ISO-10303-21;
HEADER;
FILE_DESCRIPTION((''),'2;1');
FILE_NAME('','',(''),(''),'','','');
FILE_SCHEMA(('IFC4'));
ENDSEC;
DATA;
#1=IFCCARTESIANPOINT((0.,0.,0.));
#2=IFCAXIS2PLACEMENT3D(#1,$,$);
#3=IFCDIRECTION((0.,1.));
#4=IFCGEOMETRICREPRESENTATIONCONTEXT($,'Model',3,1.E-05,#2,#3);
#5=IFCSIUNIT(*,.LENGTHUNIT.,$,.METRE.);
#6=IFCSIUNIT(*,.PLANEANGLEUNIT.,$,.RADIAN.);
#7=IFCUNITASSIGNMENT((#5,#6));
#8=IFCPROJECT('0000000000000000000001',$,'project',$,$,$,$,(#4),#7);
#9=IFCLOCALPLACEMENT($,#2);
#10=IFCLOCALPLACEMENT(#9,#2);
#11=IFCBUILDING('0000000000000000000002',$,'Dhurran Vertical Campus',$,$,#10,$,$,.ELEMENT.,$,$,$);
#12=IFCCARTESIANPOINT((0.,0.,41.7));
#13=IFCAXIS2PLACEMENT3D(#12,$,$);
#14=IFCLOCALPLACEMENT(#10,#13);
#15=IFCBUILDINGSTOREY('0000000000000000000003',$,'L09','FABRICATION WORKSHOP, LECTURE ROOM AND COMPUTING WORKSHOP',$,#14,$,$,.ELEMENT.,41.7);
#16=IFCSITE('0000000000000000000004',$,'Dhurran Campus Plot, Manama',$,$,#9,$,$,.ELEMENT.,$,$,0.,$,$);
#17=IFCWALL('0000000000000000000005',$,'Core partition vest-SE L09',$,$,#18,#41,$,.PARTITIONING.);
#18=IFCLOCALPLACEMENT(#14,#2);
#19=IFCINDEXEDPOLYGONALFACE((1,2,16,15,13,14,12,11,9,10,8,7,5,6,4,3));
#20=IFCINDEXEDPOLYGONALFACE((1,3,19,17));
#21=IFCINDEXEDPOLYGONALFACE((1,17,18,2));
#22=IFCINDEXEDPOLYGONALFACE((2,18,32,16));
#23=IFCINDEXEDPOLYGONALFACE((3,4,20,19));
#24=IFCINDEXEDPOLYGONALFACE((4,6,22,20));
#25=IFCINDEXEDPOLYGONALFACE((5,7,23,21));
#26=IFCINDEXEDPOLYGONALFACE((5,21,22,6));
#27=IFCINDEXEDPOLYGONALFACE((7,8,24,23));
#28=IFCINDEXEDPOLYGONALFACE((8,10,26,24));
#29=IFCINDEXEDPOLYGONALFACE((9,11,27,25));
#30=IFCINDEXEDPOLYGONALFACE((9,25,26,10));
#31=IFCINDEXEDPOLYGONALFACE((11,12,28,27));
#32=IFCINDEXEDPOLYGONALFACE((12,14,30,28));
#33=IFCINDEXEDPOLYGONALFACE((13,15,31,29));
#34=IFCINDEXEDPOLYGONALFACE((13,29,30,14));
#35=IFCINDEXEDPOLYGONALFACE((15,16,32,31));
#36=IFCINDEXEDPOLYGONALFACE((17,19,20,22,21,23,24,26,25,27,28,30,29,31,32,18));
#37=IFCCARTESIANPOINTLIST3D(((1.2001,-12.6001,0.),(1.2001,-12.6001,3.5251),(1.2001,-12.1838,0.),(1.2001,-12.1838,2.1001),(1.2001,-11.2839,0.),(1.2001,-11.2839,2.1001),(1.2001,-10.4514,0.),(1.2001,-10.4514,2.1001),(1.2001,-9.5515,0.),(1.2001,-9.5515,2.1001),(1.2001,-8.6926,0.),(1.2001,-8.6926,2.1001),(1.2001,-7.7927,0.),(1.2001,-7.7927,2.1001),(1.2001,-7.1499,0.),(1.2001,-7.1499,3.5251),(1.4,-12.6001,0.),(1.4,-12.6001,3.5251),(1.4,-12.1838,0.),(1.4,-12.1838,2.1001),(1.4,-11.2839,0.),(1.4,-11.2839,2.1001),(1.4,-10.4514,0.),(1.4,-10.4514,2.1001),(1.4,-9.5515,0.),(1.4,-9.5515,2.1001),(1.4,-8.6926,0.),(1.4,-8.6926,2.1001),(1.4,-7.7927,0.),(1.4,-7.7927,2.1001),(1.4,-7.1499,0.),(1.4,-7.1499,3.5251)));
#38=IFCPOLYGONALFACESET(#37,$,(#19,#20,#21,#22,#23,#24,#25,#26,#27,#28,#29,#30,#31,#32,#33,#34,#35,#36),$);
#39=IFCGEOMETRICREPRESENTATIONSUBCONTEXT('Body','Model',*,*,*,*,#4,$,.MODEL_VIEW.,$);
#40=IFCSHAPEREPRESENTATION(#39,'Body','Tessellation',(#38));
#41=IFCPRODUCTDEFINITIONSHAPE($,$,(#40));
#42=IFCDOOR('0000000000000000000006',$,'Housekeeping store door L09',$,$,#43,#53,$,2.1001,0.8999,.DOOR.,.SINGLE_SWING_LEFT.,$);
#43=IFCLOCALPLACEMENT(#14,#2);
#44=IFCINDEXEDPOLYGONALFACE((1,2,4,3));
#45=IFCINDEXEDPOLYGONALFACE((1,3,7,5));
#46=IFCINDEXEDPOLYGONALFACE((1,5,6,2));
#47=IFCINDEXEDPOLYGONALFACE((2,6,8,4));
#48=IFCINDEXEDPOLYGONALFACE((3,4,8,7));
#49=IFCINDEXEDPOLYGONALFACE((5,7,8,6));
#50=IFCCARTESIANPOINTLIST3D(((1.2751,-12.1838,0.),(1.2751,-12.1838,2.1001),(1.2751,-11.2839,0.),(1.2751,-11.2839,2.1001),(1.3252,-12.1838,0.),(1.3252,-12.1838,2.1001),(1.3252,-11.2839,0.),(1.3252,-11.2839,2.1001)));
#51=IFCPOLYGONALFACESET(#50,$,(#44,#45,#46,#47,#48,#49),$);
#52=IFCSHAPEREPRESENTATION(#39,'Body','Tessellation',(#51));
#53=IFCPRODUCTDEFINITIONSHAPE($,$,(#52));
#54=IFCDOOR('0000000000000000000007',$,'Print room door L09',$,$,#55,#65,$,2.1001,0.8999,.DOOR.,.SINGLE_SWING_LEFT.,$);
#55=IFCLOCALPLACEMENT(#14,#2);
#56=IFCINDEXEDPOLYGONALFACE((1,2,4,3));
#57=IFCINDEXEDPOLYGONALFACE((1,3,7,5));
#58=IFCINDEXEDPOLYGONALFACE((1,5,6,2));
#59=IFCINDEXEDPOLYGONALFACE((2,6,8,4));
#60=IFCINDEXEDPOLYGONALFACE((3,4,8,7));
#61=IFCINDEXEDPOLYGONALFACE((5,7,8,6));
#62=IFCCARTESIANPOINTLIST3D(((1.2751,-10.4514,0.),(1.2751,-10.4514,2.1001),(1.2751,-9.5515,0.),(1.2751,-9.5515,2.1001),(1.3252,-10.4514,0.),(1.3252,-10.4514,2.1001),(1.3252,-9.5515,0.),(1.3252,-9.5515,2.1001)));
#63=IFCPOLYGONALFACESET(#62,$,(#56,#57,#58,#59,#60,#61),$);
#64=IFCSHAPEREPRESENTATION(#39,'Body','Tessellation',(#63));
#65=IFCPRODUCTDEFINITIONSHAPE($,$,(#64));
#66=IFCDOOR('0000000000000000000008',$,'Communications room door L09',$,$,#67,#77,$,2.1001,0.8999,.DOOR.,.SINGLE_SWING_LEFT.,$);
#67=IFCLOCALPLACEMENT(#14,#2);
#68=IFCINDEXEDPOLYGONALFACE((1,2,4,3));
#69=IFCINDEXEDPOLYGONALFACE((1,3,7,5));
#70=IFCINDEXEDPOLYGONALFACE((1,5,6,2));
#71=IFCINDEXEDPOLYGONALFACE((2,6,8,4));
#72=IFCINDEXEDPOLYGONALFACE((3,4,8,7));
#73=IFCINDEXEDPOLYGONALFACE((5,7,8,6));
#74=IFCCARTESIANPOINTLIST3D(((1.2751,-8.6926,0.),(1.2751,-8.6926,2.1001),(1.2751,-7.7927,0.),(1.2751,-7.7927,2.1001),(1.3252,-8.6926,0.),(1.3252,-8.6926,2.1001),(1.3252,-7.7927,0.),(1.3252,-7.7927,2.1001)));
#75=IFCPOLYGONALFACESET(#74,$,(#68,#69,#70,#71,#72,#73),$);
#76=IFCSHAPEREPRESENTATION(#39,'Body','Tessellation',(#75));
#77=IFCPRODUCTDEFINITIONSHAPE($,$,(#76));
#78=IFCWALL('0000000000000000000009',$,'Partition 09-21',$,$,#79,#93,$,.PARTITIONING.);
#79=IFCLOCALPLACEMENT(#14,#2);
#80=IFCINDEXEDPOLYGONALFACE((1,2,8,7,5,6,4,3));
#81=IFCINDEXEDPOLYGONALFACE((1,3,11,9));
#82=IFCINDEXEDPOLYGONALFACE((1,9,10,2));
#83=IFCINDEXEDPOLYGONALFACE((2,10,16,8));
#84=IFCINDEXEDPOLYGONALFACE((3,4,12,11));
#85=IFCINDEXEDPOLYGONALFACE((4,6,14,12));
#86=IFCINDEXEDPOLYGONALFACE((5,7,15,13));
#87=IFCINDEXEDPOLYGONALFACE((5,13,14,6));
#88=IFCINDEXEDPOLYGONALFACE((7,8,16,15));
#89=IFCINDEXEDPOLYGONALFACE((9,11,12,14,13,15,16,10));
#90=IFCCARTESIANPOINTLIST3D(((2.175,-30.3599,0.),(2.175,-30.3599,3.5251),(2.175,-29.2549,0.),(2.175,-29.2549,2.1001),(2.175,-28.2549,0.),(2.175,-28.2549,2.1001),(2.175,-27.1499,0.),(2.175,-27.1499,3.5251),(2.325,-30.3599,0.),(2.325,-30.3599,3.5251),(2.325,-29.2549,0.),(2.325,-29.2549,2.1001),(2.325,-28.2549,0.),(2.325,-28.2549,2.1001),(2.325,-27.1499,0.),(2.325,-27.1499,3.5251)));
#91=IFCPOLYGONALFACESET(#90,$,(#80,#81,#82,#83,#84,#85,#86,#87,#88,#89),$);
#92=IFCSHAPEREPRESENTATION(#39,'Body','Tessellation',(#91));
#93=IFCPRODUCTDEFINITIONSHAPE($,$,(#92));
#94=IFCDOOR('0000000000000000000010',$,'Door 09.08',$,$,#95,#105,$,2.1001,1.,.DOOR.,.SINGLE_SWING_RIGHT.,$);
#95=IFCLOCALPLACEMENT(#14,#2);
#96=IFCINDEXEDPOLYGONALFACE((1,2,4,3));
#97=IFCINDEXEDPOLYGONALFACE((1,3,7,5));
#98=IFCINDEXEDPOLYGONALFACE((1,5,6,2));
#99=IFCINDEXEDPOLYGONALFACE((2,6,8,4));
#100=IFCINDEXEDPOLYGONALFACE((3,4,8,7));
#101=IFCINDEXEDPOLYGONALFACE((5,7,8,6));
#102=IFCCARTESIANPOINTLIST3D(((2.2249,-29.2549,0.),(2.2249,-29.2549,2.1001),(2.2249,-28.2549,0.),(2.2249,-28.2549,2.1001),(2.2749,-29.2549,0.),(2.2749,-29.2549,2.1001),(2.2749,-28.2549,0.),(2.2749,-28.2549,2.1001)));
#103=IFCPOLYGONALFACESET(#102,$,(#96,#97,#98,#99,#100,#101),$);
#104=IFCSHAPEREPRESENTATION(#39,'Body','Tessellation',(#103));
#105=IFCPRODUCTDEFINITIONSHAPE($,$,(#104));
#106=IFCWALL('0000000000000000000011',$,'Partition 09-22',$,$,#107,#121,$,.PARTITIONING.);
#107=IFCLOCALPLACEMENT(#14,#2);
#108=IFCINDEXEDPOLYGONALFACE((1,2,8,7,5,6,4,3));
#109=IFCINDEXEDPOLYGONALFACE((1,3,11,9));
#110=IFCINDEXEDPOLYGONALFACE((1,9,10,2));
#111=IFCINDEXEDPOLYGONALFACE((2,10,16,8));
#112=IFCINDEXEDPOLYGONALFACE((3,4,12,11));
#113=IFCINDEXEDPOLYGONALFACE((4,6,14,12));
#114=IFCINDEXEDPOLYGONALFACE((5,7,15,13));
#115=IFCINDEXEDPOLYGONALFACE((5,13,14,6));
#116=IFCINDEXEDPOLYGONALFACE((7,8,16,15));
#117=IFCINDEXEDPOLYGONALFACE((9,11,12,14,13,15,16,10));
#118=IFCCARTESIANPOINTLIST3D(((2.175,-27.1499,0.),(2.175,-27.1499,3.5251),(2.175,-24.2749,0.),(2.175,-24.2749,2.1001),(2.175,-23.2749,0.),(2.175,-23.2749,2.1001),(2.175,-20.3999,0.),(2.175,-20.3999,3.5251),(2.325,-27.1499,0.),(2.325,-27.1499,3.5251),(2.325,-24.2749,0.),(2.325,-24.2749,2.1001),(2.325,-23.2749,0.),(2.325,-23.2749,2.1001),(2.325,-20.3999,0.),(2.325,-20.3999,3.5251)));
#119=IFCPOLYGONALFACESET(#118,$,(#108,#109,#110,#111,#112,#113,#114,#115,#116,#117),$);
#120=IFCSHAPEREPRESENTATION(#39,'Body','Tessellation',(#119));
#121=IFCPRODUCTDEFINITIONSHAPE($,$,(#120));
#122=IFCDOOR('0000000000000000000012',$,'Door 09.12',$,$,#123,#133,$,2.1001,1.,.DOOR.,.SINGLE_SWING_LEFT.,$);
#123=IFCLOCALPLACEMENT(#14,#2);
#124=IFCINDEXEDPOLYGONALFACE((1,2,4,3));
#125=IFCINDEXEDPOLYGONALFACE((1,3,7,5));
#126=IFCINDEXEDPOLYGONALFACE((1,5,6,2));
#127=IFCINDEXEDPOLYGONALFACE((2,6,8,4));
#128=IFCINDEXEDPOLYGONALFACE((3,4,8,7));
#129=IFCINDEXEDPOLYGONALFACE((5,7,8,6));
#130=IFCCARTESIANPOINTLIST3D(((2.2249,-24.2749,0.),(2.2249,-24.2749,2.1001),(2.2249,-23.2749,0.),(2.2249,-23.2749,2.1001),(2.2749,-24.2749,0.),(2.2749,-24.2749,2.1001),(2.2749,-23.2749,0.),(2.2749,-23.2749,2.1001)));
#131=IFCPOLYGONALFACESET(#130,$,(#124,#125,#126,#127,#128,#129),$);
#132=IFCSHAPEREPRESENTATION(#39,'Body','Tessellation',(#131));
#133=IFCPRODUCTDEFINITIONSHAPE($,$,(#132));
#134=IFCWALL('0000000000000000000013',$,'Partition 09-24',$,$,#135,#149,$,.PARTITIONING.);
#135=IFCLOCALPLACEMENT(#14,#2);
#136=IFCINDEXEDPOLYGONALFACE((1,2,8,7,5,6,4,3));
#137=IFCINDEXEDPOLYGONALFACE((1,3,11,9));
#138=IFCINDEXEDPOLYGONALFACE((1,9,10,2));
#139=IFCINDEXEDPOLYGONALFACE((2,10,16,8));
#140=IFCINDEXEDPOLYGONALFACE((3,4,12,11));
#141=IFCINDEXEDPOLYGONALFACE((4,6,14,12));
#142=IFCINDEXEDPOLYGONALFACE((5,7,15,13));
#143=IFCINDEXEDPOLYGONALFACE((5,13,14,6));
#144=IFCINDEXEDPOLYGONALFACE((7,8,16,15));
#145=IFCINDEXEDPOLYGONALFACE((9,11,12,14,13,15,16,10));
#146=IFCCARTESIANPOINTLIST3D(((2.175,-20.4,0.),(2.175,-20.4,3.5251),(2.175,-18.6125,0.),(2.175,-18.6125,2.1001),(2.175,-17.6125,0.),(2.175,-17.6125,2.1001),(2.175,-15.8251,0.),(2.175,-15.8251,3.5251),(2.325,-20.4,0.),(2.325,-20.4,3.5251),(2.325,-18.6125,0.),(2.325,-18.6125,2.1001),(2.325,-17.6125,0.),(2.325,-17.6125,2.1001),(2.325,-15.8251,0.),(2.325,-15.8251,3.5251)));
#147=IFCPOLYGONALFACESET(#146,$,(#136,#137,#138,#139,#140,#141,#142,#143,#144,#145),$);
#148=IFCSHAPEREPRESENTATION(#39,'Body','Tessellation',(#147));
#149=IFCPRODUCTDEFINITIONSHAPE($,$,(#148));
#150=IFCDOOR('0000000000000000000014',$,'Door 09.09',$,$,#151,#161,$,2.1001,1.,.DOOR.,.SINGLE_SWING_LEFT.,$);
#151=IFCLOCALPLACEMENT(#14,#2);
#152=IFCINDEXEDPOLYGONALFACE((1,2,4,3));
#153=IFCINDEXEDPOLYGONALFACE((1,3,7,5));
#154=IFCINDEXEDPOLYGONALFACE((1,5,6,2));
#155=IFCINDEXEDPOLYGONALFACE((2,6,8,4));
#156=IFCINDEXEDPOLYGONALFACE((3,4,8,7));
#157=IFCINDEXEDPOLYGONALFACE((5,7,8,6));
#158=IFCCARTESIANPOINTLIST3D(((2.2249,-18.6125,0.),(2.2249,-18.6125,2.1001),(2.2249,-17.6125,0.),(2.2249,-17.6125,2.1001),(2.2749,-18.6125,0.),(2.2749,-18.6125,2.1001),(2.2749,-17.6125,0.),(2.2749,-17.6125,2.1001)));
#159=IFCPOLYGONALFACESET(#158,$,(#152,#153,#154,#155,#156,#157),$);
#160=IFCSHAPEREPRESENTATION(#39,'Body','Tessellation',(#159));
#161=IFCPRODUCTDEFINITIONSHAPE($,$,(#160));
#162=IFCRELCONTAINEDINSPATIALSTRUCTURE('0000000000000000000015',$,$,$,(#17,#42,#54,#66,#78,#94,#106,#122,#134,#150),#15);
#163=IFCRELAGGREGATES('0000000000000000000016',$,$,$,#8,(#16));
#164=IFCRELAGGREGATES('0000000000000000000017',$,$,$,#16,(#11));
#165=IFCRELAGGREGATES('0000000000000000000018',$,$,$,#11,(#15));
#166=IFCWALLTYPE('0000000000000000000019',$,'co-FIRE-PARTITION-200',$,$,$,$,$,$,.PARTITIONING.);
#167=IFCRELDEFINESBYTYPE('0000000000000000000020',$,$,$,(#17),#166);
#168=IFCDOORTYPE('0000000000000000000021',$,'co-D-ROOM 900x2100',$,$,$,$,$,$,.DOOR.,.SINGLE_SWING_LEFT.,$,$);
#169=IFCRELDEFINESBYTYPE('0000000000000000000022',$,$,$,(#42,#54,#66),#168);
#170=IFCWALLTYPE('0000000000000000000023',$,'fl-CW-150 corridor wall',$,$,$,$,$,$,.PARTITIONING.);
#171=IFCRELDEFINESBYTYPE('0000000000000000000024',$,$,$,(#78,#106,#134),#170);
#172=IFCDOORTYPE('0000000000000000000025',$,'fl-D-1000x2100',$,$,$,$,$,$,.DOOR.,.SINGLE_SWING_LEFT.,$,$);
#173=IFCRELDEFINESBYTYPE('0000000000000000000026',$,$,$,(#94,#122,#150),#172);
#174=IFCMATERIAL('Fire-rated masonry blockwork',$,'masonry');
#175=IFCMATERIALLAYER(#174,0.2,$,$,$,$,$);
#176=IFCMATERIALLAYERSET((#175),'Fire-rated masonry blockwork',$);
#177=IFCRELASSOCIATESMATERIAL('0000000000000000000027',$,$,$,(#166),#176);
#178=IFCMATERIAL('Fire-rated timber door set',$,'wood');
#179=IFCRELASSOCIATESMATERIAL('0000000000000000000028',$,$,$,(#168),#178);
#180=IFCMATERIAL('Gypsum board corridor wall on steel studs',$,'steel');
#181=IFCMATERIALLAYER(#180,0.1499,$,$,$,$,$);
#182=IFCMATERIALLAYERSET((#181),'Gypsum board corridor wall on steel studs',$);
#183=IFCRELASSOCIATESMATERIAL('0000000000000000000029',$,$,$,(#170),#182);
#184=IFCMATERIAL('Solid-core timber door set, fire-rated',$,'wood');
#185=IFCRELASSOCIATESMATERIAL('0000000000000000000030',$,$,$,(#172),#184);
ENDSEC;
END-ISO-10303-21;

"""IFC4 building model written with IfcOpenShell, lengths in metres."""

from ifc_helpers import new_model, si_unit, direction, frame, frame_2d, origin, place, context, subcontext, project, spatial, rectangle, extrude, material, layer, layer_set, type_object, element, fill, save


model = new_model("IFC4")

# Units and contexts
model_context = context("Model", 3, precision=1e-05, world=origin(), true_north=direction((0.0, 1.0)))
body_context = subcontext(model_context, "Body", "Model", "MODEL_VIEW")
ifc_project = project(units=[si_unit("LENGTHUNIT", "METRE"), si_unit("PLANEANGLEUNIT", "RADIAN")], contexts=[model_context])

# Site, building, storey
site_placement = place(None, origin())
site = spatial("IfcSite", under=ifc_project, at=site_placement, Name="Dhurran Campus Plot, Manama", CompositionType="ELEMENT", RefElevation=0.0)
building_placement = place(site_placement, origin())
building = spatial("IfcBuilding", under=site, at=building_placement, Name="Dhurran Vertical Campus", CompositionType="ELEMENT")
storey_placement = place(building_placement, frame((0.0, 0.0, 41.7)))
storey = spatial("IfcBuildingStorey", under=building, at=storey_placement, Name="L09", Description="FABRICATION WORKSHOP, LECTURE ROOM AND COMPUTING WORKSHOP", CompositionType="ELEMENT", Elevation=41.7)

# Wall, openings, doors
ifc_material_1 = material(Name="Fire-rated masonry blockwork", Category="masonry")
ifc_layer_1 = layer(ifc_material_1, 0.2)
ifc_layer_set_1 = layer_set([ifc_layer_1], Name="Fire-rated masonry blockwork")
wall_type_1 = type_object("IfcWallType", Name="co-FIRE-PARTITION-200", PredefinedType="PARTITIONING", material=ifc_layer_set_1)
wall_1_placement = place(storey_placement, frame((1.3, -12.6001, 0.0), z_axis=(0.0, 0.0, 1.0), x_axis=(0.0, 1.0, 0.0)))
wall_1 = element("IfcWall", 1, at=wall_1_placement, inside=storey, type_object=wall_type_1, Name="Core partition vest-SE L09", PredefinedType="PARTITIONING", context=body_context, shape_type="SweptSolid", body=[
    extrude(rectangle(XDim=5.4502, YDim=0.2, at=frame_2d((2.7251, 0.0))), origin(), (0.0, 0.0, 1.0), 3.5251),
])
opening_1_placement = place(wall_1_placement, frame((0.4163, 0.0, 0.0)))
opening_1 = element("IfcOpeningElement", 2, at=opening_1_placement, cuts=wall_1, PredefinedType="OPENING", context=body_context, shape_type="SweptSolid", body=[
    extrude(rectangle(XDim=0.8999, YDim=2.1001, at=frame_2d((0.45, 1.05))), frame((0.0, 0.1099, 0.0), z_axis=(0.0, -1.0, 0.0), x_axis=(1.0, 0.0, 0.0)), (0.0, 0.0, 1.0), 0.22),
])
opening_2_placement = place(wall_1_placement, frame((2.1487, 0.0, 0.0)))
opening_2 = element("IfcOpeningElement", 3, at=opening_2_placement, cuts=wall_1, PredefinedType="OPENING", context=body_context, shape_type="SweptSolid", body=[
    extrude(rectangle(XDim=0.8999, YDim=2.1001, at=frame_2d((0.45, 1.05))), frame((0.0, 0.1099, 0.0), z_axis=(0.0, -1.0, 0.0), x_axis=(1.0, 0.0, 0.0)), (0.0, 0.0, 1.0), 0.22),
])
opening_3_placement = place(wall_1_placement, frame((3.9075, 0.0, 0.0)))
opening_3 = element("IfcOpeningElement", 4, at=opening_3_placement, cuts=wall_1, PredefinedType="OPENING", context=body_context, shape_type="SweptSolid", body=[
    extrude(rectangle(XDim=0.8999, YDim=2.1001, at=frame_2d((0.45, 1.05))), frame((0.0, 0.1099, 0.0), z_axis=(0.0, -1.0, 0.0), x_axis=(1.0, 0.0, 0.0)), (0.0, 0.0, 1.0), 0.22),
])
ifc_material_2 = material(Name="Fire-rated timber door set", Category="wood")
door_type_1 = type_object("IfcDoorType", Name="co-D-ROOM 900x2100", OperationType="SINGLE_SWING_LEFT", PredefinedType="DOOR", material=ifc_material_2)
door_1_placement = place(opening_1_placement, origin())
door_1 = element("IfcDoor", 5, at=door_1_placement, inside=storey, type_object=door_type_1, Name="Housekeeping store door L09", OperationType="SINGLE_SWING_LEFT", OverallHeight=2.1001, OverallWidth=0.8999, PredefinedType="DOOR", context=body_context, shape_type="SweptSolid", body=[
    extrude(rectangle(XDim=0.8999, YDim=2.1001, at=frame_2d((0.45, 1.05))), frame((0.0, 0.0249, 0.0), z_axis=(0.0, -1.0, 0.0), x_axis=(1.0, 0.0, 0.0)), (0.0, 0.0, 1.0), 0.05),
])
fill(opening_1, door_1)
door_2_placement = place(opening_2_placement, origin())
door_2 = element("IfcDoor", 6, at=door_2_placement, inside=storey, type_object=door_type_1, Name="Print room door L09", OperationType="SINGLE_SWING_LEFT", OverallHeight=2.1001, OverallWidth=0.8999, PredefinedType="DOOR", context=body_context, shape_type="SweptSolid", body=[
    extrude(rectangle(XDim=0.8999, YDim=2.1001, at=frame_2d((0.45, 1.05))), frame((0.0, 0.0249, 0.0), z_axis=(0.0, -1.0, 0.0), x_axis=(1.0, 0.0, 0.0)), (0.0, 0.0, 1.0), 0.05),
])
fill(opening_2, door_2)
door_3_placement = place(opening_3_placement, origin())
door_3 = element("IfcDoor", 7, at=door_3_placement, inside=storey, type_object=door_type_1, Name="Communications room door L09", OperationType="SINGLE_SWING_LEFT", OverallHeight=2.1001, OverallWidth=0.8999, PredefinedType="DOOR", context=body_context, shape_type="SweptSolid", body=[
    extrude(rectangle(XDim=0.8999, YDim=2.1001, at=frame_2d((0.45, 1.05))), frame((0.0, 0.0249, 0.0), z_axis=(0.0, -1.0, 0.0), x_axis=(1.0, 0.0, 0.0)), (0.0, 0.0, 1.0), 0.05),
])
fill(opening_3, door_3)

# Walls, openings, doors
ifc_material_3 = material(Name="Gypsum board corridor wall on steel studs", Category="steel")
ifc_layer_2 = layer(ifc_material_3, 0.1499)
ifc_layer_set_2 = layer_set([ifc_layer_2], Name="Gypsum board corridor wall on steel studs")
wall_type_2 = type_object("IfcWallType", Name="fl-CW-150 corridor wall", PredefinedType="PARTITIONING", material=ifc_layer_set_2)
wall_2_placement = place(storey_placement, frame((2.25, -27.1499, 0.0), z_axis=(0.0, 0.0, 1.0), x_axis=(0.0, -1.0, 0.0)))
wall_2 = element("IfcWall", 8, at=wall_2_placement, inside=storey, type_object=wall_type_2, Name="Partition 09-21", PredefinedType="PARTITIONING", context=body_context, shape_type="SweptSolid", body=[
    extrude(rectangle(XDim=3.21, YDim=0.1499, at=frame_2d((1.605, 0.0))), origin(), (0.0, 0.0, 1.0), 3.5251),
])
opening_4_placement = place(wall_2_placement, frame((1.105, 0.0, 0.0)))
opening_4 = element("IfcOpeningElement", 9, at=opening_4_placement, cuts=wall_2, PredefinedType="OPENING", context=body_context, shape_type="SweptSolid", body=[
    extrude(rectangle(XDim=1.0, YDim=2.1001, at=frame_2d((0.5, 1.05))), frame((0.0, 0.085, 0.0), z_axis=(0.0, -1.0, 0.0), x_axis=(1.0, 0.0, 0.0)), (0.0, 0.0, 1.0), 0.1699),
])
ifc_material_4 = material(Name="Solid-core timber door set, fire-rated", Category="wood")
door_type_2 = type_object("IfcDoorType", Name="fl-D-1000x2100", OperationType="SINGLE_SWING_LEFT", PredefinedType="DOOR", material=ifc_material_4)
door_4_placement = place(opening_4_placement, origin())
door_4 = element("IfcDoor", 10, at=door_4_placement, inside=storey, type_object=door_type_2, Name="Door 09.08", OperationType="SINGLE_SWING_RIGHT", OverallHeight=2.1001, OverallWidth=1.0, PredefinedType="DOOR", context=body_context, shape_type="SweptSolid", body=[
    extrude(rectangle(XDim=1.0, YDim=2.1001, at=frame_2d((0.5, 1.05))), frame((0.0, 0.0249, 0.0), z_axis=(0.0, -1.0, 0.0), x_axis=(1.0, 0.0, 0.0)), (0.0, 0.0, 1.0), 0.05),
])
fill(opening_4, door_4)
wall_3_placement = place(storey_placement, frame((2.25, -20.3999, 0.0), z_axis=(0.0, 0.0, 1.0), x_axis=(0.0, -1.0, 0.0)))
wall_3 = element("IfcWall", 11, at=wall_3_placement, inside=storey, type_object=wall_type_2, Name="Partition 09-22", PredefinedType="PARTITIONING", context=body_context, shape_type="SweptSolid", body=[
    extrude(rectangle(XDim=6.75, YDim=0.1499, at=frame_2d((3.375, 0.0))), origin(), (0.0, 0.0, 1.0), 3.5251),
])
opening_5_placement = place(wall_3_placement, frame((2.875, 0.0, 0.0)))
opening_5 = element("IfcOpeningElement", 12, at=opening_5_placement, cuts=wall_3, PredefinedType="OPENING", context=body_context, shape_type="SweptSolid", body=[
    extrude(rectangle(XDim=1.0, YDim=2.1001, at=frame_2d((0.5, 1.05))), frame((0.0, 0.085, 0.0), z_axis=(0.0, -1.0, 0.0), x_axis=(1.0, 0.0, 0.0)), (0.0, 0.0, 1.0), 0.1699),
])
door_5_placement = place(opening_5_placement, origin())
door_5 = element("IfcDoor", 13, at=door_5_placement, inside=storey, type_object=door_type_2, Name="Door 09.12", OperationType="SINGLE_SWING_LEFT", OverallHeight=2.1001, OverallWidth=1.0, PredefinedType="DOOR", context=body_context, shape_type="SweptSolid", body=[
    extrude(rectangle(XDim=1.0, YDim=2.1001, at=frame_2d((0.5, 1.05))), frame((0.0, 0.0249, 0.0), z_axis=(0.0, -1.0, 0.0), x_axis=(1.0, 0.0, 0.0)), (0.0, 0.0, 1.0), 0.05),
])
fill(opening_5, door_5)
wall_4_placement = place(storey_placement, frame((2.25, -15.825, 0.0), z_axis=(0.0, 0.0, 1.0), x_axis=(0.0, -1.0, 0.0)))
wall_4 = element("IfcWall", 14, at=wall_4_placement, inside=storey, type_object=wall_type_2, Name="Partition 09-24", PredefinedType="PARTITIONING", context=body_context, shape_type="SweptSolid", body=[
    extrude(rectangle(XDim=4.575, YDim=0.1499, at=frame_2d((2.2876, 0.0))), origin(), (0.0, 0.0, 1.0), 3.5251),
])
opening_6_placement = place(wall_4_placement, frame((1.7876, 0.0, 0.0)))
opening_6 = element("IfcOpeningElement", 15, at=opening_6_placement, cuts=wall_4, PredefinedType="OPENING", context=body_context, shape_type="SweptSolid", body=[
    extrude(rectangle(XDim=1.0, YDim=2.1001, at=frame_2d((0.5, 1.05))), frame((0.0, 0.085, 0.0), z_axis=(0.0, -1.0, 0.0), x_axis=(1.0, 0.0, 0.0)), (0.0, 0.0, 1.0), 0.1699),
])
door_6_placement = place(opening_6_placement, origin())
door_6 = element("IfcDoor", 16, at=door_6_placement, inside=storey, type_object=door_type_2, Name="Door 09.09", OperationType="SINGLE_SWING_LEFT", OverallHeight=2.1001, OverallWidth=1.0, PredefinedType="DOOR", context=body_context, shape_type="SweptSolid", body=[
    extrude(rectangle(XDim=1.0, YDim=2.1001, at=frame_2d((0.5, 1.05))), frame((0.0, 0.0249, 0.0), z_axis=(0.0, -1.0, 0.0), x_axis=(1.0, 0.0, 0.0)), (0.0, 0.0, 1.0), 0.05),
])
fill(opening_6, door_6)

save(model, "model.ifc")
